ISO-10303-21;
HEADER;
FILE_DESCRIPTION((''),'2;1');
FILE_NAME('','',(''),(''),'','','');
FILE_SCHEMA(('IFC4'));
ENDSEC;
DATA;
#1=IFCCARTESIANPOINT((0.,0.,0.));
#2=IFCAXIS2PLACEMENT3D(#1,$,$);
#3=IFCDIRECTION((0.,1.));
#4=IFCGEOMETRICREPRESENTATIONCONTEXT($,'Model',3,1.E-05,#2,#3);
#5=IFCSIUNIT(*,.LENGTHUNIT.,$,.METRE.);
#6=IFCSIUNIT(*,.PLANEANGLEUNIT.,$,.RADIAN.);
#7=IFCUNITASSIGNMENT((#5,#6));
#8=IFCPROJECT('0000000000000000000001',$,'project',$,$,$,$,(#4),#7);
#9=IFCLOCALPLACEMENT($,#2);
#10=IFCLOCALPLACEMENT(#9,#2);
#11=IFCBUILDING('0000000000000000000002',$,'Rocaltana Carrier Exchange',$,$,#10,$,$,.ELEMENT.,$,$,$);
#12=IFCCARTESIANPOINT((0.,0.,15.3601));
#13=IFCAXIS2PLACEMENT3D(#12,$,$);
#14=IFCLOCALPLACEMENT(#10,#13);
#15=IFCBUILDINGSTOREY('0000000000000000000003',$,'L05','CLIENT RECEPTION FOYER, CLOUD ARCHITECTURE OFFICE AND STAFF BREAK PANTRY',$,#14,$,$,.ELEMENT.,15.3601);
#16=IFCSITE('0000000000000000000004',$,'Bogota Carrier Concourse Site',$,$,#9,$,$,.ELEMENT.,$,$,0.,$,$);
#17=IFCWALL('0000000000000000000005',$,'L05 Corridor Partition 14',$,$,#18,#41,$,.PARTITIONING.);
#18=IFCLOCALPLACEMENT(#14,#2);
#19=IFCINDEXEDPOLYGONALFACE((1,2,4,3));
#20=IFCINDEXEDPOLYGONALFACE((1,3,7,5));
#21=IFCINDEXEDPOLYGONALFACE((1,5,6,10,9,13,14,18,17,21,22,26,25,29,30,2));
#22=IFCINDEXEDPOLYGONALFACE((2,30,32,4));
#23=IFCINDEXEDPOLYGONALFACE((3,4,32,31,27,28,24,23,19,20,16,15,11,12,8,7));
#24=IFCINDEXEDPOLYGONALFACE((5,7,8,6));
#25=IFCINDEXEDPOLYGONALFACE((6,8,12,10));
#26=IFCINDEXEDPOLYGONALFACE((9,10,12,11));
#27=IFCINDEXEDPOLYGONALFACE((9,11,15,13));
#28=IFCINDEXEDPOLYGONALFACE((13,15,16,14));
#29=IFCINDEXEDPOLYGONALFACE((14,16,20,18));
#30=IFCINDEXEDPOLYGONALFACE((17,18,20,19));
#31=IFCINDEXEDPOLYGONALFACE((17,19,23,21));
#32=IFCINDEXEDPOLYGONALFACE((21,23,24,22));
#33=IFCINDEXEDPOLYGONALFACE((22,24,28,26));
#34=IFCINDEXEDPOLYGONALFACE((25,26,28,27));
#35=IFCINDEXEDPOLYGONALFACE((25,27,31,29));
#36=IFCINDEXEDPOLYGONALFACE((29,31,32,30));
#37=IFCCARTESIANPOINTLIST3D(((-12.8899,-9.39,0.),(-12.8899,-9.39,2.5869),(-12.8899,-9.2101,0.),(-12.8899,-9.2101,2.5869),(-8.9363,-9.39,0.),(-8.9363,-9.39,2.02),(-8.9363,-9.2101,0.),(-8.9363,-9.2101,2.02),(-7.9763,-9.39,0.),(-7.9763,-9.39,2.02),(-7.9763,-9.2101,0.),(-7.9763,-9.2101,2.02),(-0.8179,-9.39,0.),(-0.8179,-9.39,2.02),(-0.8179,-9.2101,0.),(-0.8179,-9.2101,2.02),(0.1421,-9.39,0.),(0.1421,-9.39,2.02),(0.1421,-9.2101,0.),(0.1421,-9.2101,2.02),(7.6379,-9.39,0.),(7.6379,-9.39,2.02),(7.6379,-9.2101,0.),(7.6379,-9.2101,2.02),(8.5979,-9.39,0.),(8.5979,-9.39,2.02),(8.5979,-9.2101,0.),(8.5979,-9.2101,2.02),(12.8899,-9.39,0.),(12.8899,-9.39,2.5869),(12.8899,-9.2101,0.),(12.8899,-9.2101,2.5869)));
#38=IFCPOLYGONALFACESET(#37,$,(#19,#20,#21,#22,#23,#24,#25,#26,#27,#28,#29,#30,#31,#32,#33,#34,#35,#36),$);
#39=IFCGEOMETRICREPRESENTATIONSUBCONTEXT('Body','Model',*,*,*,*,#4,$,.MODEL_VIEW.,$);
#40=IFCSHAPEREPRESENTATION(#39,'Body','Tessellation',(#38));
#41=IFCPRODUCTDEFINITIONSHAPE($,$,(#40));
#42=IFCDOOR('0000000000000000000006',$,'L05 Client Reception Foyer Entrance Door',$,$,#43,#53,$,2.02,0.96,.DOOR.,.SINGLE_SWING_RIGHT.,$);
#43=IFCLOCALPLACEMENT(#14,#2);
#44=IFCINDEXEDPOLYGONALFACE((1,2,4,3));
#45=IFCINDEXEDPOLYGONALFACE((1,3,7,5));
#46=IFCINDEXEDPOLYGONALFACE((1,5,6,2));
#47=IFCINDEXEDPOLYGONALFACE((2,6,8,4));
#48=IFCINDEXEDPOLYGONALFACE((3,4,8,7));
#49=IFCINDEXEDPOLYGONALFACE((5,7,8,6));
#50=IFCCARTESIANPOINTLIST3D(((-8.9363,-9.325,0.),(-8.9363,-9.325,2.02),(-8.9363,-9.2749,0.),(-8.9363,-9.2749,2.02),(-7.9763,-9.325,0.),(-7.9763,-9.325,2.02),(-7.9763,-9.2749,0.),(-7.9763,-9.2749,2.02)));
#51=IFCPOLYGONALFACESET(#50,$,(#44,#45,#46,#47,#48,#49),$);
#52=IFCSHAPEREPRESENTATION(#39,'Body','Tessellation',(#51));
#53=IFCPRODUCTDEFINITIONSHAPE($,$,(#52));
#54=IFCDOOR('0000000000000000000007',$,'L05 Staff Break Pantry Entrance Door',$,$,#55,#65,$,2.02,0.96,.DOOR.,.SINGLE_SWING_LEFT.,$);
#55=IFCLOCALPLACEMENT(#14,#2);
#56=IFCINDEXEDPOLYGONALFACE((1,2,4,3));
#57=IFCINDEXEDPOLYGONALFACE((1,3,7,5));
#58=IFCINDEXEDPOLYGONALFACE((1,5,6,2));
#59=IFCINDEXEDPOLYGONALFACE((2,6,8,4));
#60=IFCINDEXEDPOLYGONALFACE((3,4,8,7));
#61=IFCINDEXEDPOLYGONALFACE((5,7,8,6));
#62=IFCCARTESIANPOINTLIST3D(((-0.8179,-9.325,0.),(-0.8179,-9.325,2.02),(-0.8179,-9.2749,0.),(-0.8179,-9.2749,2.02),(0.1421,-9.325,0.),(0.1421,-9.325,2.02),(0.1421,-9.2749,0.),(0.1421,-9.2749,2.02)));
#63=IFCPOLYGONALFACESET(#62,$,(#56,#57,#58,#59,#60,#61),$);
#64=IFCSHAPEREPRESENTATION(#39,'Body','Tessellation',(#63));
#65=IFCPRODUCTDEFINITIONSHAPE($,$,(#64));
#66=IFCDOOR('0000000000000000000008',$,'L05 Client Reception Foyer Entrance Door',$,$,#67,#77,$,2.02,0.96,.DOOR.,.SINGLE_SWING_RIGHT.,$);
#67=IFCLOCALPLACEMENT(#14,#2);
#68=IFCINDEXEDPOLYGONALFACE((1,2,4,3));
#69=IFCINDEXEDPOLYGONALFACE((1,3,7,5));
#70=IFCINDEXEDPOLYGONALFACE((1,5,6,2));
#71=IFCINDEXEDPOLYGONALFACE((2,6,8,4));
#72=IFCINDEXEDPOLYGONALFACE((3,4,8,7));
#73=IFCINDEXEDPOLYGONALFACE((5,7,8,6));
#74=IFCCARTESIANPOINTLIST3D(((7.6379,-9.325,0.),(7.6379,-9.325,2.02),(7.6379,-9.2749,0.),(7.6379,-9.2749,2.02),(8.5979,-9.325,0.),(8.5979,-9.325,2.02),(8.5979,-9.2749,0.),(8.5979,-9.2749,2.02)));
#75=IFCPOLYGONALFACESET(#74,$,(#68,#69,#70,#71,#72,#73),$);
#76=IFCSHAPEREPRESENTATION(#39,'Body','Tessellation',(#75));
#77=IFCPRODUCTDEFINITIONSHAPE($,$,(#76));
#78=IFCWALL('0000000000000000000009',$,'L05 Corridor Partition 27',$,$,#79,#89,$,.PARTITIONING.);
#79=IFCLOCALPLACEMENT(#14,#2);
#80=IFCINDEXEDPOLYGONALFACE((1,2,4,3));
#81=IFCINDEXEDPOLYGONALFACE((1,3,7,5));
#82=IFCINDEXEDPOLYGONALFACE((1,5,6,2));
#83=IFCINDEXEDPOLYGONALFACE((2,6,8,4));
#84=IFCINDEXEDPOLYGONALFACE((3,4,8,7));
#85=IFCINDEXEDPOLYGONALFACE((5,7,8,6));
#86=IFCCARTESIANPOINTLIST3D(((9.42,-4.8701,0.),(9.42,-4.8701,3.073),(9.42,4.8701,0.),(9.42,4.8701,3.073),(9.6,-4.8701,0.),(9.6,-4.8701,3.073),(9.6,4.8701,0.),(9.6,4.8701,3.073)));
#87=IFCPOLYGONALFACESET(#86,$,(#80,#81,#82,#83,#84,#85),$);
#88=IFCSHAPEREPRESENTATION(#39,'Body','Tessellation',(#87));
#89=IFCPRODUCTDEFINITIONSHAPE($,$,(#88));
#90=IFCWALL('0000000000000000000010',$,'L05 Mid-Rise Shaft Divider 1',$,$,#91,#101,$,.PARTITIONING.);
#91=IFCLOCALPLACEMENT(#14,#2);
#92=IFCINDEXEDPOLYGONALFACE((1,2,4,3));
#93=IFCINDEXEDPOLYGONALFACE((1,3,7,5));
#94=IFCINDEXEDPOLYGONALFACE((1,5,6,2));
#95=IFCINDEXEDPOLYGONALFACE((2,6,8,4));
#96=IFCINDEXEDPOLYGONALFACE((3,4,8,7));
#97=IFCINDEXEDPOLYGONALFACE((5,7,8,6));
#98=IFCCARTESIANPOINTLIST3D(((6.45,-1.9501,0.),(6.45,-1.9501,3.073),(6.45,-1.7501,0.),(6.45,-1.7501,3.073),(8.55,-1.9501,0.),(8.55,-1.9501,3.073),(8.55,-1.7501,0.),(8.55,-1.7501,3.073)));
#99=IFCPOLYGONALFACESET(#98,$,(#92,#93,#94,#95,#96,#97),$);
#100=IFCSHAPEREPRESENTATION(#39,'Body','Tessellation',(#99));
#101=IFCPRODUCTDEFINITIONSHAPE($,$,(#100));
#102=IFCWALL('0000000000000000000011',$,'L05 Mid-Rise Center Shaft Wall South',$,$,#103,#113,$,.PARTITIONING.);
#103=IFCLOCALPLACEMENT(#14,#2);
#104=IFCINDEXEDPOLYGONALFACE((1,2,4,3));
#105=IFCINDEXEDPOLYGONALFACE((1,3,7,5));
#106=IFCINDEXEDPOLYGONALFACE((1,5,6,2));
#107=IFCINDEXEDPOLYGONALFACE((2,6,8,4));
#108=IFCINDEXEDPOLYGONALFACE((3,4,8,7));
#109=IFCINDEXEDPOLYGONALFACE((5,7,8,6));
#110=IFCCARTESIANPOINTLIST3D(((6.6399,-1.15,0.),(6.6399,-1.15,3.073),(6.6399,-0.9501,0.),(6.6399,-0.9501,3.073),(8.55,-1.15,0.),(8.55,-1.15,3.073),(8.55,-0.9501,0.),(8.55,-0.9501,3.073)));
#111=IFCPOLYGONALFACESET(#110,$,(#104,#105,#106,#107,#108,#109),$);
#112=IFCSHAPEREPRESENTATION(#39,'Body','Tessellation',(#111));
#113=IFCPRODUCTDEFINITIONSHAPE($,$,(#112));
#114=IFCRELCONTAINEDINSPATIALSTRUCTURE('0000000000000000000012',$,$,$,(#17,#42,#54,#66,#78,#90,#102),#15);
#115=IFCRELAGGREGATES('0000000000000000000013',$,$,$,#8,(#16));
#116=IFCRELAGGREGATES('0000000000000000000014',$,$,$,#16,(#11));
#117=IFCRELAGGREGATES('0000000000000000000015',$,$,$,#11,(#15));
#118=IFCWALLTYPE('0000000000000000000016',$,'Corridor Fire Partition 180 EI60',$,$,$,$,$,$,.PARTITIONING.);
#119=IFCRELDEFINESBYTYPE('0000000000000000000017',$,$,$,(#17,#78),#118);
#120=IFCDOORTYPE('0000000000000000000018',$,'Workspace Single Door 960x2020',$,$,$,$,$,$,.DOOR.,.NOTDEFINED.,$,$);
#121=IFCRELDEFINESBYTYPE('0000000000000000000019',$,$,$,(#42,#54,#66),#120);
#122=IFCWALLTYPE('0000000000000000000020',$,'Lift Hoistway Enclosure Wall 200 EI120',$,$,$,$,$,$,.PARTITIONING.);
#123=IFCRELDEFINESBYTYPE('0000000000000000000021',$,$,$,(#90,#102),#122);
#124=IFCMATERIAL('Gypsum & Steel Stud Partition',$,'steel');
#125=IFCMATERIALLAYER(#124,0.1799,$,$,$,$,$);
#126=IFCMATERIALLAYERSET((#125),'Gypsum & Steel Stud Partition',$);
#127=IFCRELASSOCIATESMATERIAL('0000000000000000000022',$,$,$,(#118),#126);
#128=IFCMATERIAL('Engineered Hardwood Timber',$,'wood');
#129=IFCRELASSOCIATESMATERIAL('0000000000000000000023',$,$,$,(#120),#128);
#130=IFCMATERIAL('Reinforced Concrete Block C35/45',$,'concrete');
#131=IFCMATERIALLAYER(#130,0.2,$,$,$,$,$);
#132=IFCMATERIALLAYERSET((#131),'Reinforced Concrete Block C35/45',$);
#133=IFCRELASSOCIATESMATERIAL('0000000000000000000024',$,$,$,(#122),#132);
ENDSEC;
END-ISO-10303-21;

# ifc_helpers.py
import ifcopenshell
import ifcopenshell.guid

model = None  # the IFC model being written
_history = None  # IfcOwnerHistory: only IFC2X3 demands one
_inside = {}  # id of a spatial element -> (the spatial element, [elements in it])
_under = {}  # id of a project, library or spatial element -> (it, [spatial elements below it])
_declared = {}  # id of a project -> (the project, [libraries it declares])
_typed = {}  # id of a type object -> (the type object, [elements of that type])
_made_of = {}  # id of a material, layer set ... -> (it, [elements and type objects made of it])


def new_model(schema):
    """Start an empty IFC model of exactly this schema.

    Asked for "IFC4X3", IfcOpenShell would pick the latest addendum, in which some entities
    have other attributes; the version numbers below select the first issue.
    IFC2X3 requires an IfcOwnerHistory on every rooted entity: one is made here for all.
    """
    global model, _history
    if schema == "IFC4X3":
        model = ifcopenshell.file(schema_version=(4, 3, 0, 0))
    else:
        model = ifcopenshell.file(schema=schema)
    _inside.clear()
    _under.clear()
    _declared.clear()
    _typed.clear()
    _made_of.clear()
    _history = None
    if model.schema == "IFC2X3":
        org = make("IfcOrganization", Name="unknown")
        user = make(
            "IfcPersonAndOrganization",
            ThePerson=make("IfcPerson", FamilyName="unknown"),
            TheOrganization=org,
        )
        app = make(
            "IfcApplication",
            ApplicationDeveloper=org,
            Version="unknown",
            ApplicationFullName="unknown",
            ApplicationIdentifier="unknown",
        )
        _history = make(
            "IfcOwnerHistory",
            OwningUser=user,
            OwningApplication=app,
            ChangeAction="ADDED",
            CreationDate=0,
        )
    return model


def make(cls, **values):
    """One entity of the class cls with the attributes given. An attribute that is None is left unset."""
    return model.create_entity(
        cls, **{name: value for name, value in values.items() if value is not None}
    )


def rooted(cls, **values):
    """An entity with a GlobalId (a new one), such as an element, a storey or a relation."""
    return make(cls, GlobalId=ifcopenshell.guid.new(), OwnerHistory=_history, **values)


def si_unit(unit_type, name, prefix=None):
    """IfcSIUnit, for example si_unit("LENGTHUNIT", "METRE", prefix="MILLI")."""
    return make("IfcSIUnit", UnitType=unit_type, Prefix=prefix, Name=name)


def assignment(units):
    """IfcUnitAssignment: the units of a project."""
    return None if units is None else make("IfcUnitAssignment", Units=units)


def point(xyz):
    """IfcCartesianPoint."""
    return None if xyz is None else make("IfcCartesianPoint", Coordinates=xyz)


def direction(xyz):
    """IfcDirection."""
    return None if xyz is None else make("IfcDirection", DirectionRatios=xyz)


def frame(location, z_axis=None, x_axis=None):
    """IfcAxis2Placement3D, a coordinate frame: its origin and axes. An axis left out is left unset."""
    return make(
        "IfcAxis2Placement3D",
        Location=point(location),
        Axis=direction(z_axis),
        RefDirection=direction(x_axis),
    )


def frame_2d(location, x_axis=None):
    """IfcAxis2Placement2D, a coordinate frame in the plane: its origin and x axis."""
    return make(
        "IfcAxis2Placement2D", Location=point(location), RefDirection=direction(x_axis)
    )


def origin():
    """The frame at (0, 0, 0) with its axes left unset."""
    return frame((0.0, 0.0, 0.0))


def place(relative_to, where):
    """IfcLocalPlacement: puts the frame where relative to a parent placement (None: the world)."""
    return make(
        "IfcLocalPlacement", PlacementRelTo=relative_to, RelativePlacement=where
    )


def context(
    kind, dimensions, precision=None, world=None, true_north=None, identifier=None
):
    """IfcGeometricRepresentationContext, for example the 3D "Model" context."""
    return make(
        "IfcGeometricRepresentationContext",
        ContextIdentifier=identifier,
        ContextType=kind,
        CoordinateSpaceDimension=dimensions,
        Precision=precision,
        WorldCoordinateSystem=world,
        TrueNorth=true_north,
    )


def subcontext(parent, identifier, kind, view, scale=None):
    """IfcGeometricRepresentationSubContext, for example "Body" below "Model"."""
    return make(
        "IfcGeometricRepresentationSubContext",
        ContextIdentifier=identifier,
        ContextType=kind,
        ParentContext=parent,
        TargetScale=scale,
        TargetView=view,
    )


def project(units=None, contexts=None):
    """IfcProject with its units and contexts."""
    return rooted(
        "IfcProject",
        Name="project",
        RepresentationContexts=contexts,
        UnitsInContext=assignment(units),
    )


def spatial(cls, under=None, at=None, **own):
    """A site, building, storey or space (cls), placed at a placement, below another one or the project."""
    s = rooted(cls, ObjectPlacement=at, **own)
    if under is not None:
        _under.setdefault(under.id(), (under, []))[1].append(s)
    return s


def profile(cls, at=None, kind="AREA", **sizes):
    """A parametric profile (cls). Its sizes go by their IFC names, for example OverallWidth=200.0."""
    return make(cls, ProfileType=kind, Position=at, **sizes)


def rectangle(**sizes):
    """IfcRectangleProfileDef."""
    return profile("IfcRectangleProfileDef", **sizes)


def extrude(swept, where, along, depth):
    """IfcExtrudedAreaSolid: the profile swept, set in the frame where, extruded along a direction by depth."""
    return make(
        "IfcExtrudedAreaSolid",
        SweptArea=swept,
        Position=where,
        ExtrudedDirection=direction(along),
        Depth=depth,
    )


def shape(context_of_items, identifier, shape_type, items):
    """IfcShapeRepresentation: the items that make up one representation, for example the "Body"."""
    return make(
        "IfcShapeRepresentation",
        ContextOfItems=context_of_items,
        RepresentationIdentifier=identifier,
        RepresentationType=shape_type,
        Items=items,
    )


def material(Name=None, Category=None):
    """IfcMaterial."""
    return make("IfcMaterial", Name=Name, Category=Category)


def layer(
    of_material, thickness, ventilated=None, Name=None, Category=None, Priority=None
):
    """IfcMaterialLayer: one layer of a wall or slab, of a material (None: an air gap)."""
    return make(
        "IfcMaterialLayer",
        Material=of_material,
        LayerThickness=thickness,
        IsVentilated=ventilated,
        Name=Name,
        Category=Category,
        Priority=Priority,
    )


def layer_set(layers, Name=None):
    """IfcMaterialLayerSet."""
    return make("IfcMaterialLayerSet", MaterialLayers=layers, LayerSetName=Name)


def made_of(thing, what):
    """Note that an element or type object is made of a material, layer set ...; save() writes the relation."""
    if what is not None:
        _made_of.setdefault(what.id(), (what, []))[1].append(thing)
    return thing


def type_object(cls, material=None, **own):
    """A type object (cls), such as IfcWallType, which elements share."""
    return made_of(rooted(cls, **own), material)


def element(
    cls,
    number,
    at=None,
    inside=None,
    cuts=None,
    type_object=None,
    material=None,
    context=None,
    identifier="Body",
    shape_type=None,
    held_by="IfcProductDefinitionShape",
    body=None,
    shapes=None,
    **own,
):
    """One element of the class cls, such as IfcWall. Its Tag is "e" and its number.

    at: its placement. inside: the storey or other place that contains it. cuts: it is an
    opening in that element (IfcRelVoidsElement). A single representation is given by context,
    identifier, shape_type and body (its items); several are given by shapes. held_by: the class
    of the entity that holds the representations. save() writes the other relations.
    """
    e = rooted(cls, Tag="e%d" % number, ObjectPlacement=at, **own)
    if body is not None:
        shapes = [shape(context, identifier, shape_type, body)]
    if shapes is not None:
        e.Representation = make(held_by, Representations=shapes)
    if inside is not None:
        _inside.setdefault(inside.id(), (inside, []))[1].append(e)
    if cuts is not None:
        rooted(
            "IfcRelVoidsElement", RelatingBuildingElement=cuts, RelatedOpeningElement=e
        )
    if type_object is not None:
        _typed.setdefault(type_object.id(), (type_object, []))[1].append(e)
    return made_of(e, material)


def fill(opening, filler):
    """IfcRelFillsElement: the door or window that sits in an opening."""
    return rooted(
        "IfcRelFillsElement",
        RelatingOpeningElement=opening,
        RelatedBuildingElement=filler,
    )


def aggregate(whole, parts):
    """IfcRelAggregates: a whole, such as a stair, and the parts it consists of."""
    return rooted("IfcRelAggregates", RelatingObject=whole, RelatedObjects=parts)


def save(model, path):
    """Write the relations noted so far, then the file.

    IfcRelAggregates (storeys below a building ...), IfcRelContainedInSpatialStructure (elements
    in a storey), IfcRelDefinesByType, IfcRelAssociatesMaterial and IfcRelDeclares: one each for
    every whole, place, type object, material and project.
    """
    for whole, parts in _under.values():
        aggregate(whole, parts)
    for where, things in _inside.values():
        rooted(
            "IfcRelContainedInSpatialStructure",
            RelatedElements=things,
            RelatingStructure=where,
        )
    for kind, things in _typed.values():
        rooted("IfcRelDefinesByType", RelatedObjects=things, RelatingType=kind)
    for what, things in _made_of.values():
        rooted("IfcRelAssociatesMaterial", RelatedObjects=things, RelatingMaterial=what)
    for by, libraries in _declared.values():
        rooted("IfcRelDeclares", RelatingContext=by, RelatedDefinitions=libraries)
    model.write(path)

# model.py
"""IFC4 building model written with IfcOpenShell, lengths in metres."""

from ifc_helpers import new_model, si_unit, direction, frame, frame_2d, origin, place, context, subcontext, project, spatial, rectangle, extrude, material, layer, layer_set, type_object, element, fill, save


model = new_model("IFC4")

# Units and contexts
model_context = context("Model", 3, precision=1e-05, world=origin(), true_north=direction((0.0, 1.0)))
body_context = subcontext(model_context, "Body", "Model", "MODEL_VIEW")
ifc_project = project(units=[si_unit("LENGTHUNIT", "METRE"), si_unit("PLANEANGLEUNIT", "RADIAN")], contexts=[model_context])

# Site, building, storey
site_placement = place(None, origin())
site = spatial("IfcSite", under=ifc_project, at=site_placement, Name="Bogota Carrier Concourse Site", CompositionType="ELEMENT", RefElevation=0.0)
building_placement = place(site_placement, origin())
building = spatial("IfcBuilding", under=site, at=building_placement, Name="Rocaltana Carrier Exchange", CompositionType="ELEMENT")
storey_placement = place(building_placement, frame((0.0, 0.0, 15.3601)))
storey = spatial("IfcBuildingStorey", under=building, at=storey_placement, Name="L05", Description="CLIENT RECEPTION FOYER, CLOUD ARCHITECTURE OFFICE AND STAFF BREAK PANTRY", CompositionType="ELEMENT", Elevation=15.3601)

# Shared definitions
ifc_material_1 = material(Name="Gypsum & Steel Stud Partition", Category="steel")
ifc_layer_1 = layer(ifc_material_1, 0.1799)
ifc_layer_set_1 = layer_set([ifc_layer_1], Name="Gypsum & Steel Stud Partition")
wall_type_1 = type_object("IfcWallType", Name="Corridor Fire Partition 180 EI60", PredefinedType="PARTITIONING", material=ifc_layer_set_1)

# Wall, openings, doors
wall_1_placement = place(storey_placement, frame((12.8899, -9.3, 0.0), z_axis=(0.0, 0.0, 1.0), x_axis=(-1.0, 0.0, 0.0)))
wall_1 = element("IfcWall", 1, at=wall_1_placement, inside=storey, type_object=wall_type_1, Name="L05 Corridor Partition 14", PredefinedType="PARTITIONING", context=body_context, shape_type="SweptSolid", body=[
    extrude(rectangle(XDim=25.7798, YDim=0.1799, at=frame_2d((12.8899, 0.0))), origin(), (0.0, 0.0, 1.0), 2.5869),
])
opening_1_placement = place(wall_1_placement, frame((20.8662, 0.0, 0.0)))
opening_1 = element("IfcOpeningElement", 2, at=opening_1_placement, cuts=wall_1, PredefinedType="OPENING", context=body_context, shape_type="SweptSolid", body=[
    extrude(rectangle(XDim=0.96, YDim=2.02, at=frame_2d((0.48, 1.01))), frame((0.0, 0.0999, 0.0), z_axis=(0.0, -1.0, 0.0), x_axis=(1.0, 0.0, 0.0)), (0.0, 0.0, 1.0), 0.2),
])
opening_2_placement = place(wall_1_placement, frame((12.7478, 0.0, 0.0)))
opening_2 = element("IfcOpeningElement", 3, at=opening_2_placement, cuts=wall_1, PredefinedType="OPENING", context=body_context, shape_type="SweptSolid", body=[
    extrude(rectangle(XDim=0.96, YDim=2.02, at=frame_2d((0.48, 1.01))), frame((0.0, 0.0999, 0.0), z_axis=(0.0, -1.0, 0.0), x_axis=(1.0, 0.0, 0.0)), (0.0, 0.0, 1.0), 0.2),
])
opening_3_placement = place(wall_1_placement, frame((4.292, 0.0, 0.0)))
opening_3 = element("IfcOpeningElement", 4, at=opening_3_placement, cuts=wall_1, PredefinedType="OPENING", context=body_context, shape_type="SweptSolid", body=[
    extrude(rectangle(XDim=0.96, YDim=2.02, at=frame_2d((0.48, 1.01))), frame((0.0, 0.0999, 0.0), z_axis=(0.0, -1.0, 0.0), x_axis=(1.0, 0.0, 0.0)), (0.0, 0.0, 1.0), 0.2),
])
ifc_material_2 = material(Name="Engineered Hardwood Timber", Category="wood")
door_type = type_object("IfcDoorType", Name="Workspace Single Door 960x2020", OperationType="NOTDEFINED", PredefinedType="DOOR", material=ifc_material_2)
door_1_placement = place(opening_1_placement, origin())
door_1 = element("IfcDoor", 5, at=door_1_placement, inside=storey, type_object=door_type, Name="L05 Client Reception Foyer Entrance Door", OperationType="SINGLE_SWING_RIGHT", OverallHeight=2.02, OverallWidth=0.96, PredefinedType="DOOR", context=body_context, shape_type="SweptSolid", body=[
    extrude(rectangle(XDim=0.96, YDim=2.02, at=frame_2d((0.48, 1.01))), frame((0.0, 0.0249, 0.0), z_axis=(0.0, -1.0, 0.0), x_axis=(1.0, 0.0, 0.0)), (0.0, 0.0, 1.0), 0.05),
])
fill(opening_1, door_1)
door_2_placement = place(opening_2_placement, origin())
door_2 = element("IfcDoor", 6, at=door_2_placement, inside=storey, type_object=door_type, Name="L05 Staff Break Pantry Entrance Door", OperationType="SINGLE_SWING_LEFT", OverallHeight=2.02, OverallWidth=0.96, PredefinedType="DOOR", context=body_context, shape_type="SweptSolid", body=[
    extrude(rectangle(XDim=0.96, YDim=2.02, at=frame_2d((0.48, 1.01))), frame((0.0, 0.0249, 0.0), z_axis=(0.0, -1.0, 0.0), x_axis=(1.0, 0.0, 0.0)), (0.0, 0.0, 1.0), 0.05),
])
fill(opening_2, door_2)
door_3_placement = place(opening_3_placement, origin())
door_3 = element("IfcDoor", 7, at=door_3_placement, inside=storey, type_object=door_type, Name="L05 Client Reception Foyer Entrance Door", OperationType="SINGLE_SWING_RIGHT", OverallHeight=2.02, OverallWidth=0.96, PredefinedType="DOOR", context=body_context, shape_type="SweptSolid", body=[
    extrude(rectangle(XDim=0.96, YDim=2.02, at=frame_2d((0.48, 1.01))), frame((0.0, 0.0249, 0.0), z_axis=(0.0, -1.0, 0.0), x_axis=(1.0, 0.0, 0.0)), (0.0, 0.0, 1.0), 0.05),
])
fill(opening_3, door_3)

# Walls
wall_2_placement = place(storey_placement, frame((9.51, -4.8701, 0.0), z_axis=(0.0, 0.0, 1.0), x_axis=(0.0, 1.0, 0.0)))
element("IfcWall", 8, at=wall_2_placement, inside=storey, type_object=wall_type_1, Name="L05 Corridor Partition 27", PredefinedType="PARTITIONING", context=body_context, shape_type="SweptSolid", body=[
    extrude(rectangle(XDim=9.7402, YDim=0.1799, at=frame_2d((4.8701, 0.0))), origin(), (0.0, 0.0, 1.0), 3.073),
])
ifc_material_3 = material(Name="Reinforced Concrete Block C35/45", Category="concrete")
ifc_layer_2 = layer(ifc_material_3, 0.2)
ifc_layer_set_2 = layer_set([ifc_layer_2], Name="Reinforced Concrete Block C35/45")
wall_type_2 = type_object("IfcWallType", Name="Lift Hoistway Enclosure Wall 200 EI120", PredefinedType="PARTITIONING", material=ifc_layer_set_2)
wall_3_placement = place(storey_placement, frame((6.45, -1.8501, 0.0), z_axis=(0.0, 0.0, 1.0), x_axis=(1.0, 0.0, 0.0)))
element("IfcWall", 9, at=wall_3_placement, inside=storey, type_object=wall_type_2, Name="L05 Mid-Rise Shaft Divider 1", PredefinedType="PARTITIONING", context=body_context, shape_type="SweptSolid", body=[
    extrude(rectangle(XDim=2.1001, YDim=0.2, at=frame_2d((1.05, 0.0))), origin(), (0.0, 0.0, 1.0), 3.073),
])
wall_4_placement = place(storey_placement, frame((6.6399, -1.05, 0.0), z_axis=(0.0, 0.0, 1.0), x_axis=(1.0, 0.0, 0.0)))
element("IfcWall", 10, at=wall_4_placement, inside=storey, type_object=wall_type_2, Name="L05 Mid-Rise Center Shaft Wall South", PredefinedType="PARTITIONING", context=body_context, shape_type="SweptSolid", body=[
    extrude(rectangle(XDim=1.9102, YDim=0.2, at=frame_2d((0.9551, 0.0))), origin(), (0.0, 0.0, 1.0), 3.073),
])

save(model, "model.ifc")
